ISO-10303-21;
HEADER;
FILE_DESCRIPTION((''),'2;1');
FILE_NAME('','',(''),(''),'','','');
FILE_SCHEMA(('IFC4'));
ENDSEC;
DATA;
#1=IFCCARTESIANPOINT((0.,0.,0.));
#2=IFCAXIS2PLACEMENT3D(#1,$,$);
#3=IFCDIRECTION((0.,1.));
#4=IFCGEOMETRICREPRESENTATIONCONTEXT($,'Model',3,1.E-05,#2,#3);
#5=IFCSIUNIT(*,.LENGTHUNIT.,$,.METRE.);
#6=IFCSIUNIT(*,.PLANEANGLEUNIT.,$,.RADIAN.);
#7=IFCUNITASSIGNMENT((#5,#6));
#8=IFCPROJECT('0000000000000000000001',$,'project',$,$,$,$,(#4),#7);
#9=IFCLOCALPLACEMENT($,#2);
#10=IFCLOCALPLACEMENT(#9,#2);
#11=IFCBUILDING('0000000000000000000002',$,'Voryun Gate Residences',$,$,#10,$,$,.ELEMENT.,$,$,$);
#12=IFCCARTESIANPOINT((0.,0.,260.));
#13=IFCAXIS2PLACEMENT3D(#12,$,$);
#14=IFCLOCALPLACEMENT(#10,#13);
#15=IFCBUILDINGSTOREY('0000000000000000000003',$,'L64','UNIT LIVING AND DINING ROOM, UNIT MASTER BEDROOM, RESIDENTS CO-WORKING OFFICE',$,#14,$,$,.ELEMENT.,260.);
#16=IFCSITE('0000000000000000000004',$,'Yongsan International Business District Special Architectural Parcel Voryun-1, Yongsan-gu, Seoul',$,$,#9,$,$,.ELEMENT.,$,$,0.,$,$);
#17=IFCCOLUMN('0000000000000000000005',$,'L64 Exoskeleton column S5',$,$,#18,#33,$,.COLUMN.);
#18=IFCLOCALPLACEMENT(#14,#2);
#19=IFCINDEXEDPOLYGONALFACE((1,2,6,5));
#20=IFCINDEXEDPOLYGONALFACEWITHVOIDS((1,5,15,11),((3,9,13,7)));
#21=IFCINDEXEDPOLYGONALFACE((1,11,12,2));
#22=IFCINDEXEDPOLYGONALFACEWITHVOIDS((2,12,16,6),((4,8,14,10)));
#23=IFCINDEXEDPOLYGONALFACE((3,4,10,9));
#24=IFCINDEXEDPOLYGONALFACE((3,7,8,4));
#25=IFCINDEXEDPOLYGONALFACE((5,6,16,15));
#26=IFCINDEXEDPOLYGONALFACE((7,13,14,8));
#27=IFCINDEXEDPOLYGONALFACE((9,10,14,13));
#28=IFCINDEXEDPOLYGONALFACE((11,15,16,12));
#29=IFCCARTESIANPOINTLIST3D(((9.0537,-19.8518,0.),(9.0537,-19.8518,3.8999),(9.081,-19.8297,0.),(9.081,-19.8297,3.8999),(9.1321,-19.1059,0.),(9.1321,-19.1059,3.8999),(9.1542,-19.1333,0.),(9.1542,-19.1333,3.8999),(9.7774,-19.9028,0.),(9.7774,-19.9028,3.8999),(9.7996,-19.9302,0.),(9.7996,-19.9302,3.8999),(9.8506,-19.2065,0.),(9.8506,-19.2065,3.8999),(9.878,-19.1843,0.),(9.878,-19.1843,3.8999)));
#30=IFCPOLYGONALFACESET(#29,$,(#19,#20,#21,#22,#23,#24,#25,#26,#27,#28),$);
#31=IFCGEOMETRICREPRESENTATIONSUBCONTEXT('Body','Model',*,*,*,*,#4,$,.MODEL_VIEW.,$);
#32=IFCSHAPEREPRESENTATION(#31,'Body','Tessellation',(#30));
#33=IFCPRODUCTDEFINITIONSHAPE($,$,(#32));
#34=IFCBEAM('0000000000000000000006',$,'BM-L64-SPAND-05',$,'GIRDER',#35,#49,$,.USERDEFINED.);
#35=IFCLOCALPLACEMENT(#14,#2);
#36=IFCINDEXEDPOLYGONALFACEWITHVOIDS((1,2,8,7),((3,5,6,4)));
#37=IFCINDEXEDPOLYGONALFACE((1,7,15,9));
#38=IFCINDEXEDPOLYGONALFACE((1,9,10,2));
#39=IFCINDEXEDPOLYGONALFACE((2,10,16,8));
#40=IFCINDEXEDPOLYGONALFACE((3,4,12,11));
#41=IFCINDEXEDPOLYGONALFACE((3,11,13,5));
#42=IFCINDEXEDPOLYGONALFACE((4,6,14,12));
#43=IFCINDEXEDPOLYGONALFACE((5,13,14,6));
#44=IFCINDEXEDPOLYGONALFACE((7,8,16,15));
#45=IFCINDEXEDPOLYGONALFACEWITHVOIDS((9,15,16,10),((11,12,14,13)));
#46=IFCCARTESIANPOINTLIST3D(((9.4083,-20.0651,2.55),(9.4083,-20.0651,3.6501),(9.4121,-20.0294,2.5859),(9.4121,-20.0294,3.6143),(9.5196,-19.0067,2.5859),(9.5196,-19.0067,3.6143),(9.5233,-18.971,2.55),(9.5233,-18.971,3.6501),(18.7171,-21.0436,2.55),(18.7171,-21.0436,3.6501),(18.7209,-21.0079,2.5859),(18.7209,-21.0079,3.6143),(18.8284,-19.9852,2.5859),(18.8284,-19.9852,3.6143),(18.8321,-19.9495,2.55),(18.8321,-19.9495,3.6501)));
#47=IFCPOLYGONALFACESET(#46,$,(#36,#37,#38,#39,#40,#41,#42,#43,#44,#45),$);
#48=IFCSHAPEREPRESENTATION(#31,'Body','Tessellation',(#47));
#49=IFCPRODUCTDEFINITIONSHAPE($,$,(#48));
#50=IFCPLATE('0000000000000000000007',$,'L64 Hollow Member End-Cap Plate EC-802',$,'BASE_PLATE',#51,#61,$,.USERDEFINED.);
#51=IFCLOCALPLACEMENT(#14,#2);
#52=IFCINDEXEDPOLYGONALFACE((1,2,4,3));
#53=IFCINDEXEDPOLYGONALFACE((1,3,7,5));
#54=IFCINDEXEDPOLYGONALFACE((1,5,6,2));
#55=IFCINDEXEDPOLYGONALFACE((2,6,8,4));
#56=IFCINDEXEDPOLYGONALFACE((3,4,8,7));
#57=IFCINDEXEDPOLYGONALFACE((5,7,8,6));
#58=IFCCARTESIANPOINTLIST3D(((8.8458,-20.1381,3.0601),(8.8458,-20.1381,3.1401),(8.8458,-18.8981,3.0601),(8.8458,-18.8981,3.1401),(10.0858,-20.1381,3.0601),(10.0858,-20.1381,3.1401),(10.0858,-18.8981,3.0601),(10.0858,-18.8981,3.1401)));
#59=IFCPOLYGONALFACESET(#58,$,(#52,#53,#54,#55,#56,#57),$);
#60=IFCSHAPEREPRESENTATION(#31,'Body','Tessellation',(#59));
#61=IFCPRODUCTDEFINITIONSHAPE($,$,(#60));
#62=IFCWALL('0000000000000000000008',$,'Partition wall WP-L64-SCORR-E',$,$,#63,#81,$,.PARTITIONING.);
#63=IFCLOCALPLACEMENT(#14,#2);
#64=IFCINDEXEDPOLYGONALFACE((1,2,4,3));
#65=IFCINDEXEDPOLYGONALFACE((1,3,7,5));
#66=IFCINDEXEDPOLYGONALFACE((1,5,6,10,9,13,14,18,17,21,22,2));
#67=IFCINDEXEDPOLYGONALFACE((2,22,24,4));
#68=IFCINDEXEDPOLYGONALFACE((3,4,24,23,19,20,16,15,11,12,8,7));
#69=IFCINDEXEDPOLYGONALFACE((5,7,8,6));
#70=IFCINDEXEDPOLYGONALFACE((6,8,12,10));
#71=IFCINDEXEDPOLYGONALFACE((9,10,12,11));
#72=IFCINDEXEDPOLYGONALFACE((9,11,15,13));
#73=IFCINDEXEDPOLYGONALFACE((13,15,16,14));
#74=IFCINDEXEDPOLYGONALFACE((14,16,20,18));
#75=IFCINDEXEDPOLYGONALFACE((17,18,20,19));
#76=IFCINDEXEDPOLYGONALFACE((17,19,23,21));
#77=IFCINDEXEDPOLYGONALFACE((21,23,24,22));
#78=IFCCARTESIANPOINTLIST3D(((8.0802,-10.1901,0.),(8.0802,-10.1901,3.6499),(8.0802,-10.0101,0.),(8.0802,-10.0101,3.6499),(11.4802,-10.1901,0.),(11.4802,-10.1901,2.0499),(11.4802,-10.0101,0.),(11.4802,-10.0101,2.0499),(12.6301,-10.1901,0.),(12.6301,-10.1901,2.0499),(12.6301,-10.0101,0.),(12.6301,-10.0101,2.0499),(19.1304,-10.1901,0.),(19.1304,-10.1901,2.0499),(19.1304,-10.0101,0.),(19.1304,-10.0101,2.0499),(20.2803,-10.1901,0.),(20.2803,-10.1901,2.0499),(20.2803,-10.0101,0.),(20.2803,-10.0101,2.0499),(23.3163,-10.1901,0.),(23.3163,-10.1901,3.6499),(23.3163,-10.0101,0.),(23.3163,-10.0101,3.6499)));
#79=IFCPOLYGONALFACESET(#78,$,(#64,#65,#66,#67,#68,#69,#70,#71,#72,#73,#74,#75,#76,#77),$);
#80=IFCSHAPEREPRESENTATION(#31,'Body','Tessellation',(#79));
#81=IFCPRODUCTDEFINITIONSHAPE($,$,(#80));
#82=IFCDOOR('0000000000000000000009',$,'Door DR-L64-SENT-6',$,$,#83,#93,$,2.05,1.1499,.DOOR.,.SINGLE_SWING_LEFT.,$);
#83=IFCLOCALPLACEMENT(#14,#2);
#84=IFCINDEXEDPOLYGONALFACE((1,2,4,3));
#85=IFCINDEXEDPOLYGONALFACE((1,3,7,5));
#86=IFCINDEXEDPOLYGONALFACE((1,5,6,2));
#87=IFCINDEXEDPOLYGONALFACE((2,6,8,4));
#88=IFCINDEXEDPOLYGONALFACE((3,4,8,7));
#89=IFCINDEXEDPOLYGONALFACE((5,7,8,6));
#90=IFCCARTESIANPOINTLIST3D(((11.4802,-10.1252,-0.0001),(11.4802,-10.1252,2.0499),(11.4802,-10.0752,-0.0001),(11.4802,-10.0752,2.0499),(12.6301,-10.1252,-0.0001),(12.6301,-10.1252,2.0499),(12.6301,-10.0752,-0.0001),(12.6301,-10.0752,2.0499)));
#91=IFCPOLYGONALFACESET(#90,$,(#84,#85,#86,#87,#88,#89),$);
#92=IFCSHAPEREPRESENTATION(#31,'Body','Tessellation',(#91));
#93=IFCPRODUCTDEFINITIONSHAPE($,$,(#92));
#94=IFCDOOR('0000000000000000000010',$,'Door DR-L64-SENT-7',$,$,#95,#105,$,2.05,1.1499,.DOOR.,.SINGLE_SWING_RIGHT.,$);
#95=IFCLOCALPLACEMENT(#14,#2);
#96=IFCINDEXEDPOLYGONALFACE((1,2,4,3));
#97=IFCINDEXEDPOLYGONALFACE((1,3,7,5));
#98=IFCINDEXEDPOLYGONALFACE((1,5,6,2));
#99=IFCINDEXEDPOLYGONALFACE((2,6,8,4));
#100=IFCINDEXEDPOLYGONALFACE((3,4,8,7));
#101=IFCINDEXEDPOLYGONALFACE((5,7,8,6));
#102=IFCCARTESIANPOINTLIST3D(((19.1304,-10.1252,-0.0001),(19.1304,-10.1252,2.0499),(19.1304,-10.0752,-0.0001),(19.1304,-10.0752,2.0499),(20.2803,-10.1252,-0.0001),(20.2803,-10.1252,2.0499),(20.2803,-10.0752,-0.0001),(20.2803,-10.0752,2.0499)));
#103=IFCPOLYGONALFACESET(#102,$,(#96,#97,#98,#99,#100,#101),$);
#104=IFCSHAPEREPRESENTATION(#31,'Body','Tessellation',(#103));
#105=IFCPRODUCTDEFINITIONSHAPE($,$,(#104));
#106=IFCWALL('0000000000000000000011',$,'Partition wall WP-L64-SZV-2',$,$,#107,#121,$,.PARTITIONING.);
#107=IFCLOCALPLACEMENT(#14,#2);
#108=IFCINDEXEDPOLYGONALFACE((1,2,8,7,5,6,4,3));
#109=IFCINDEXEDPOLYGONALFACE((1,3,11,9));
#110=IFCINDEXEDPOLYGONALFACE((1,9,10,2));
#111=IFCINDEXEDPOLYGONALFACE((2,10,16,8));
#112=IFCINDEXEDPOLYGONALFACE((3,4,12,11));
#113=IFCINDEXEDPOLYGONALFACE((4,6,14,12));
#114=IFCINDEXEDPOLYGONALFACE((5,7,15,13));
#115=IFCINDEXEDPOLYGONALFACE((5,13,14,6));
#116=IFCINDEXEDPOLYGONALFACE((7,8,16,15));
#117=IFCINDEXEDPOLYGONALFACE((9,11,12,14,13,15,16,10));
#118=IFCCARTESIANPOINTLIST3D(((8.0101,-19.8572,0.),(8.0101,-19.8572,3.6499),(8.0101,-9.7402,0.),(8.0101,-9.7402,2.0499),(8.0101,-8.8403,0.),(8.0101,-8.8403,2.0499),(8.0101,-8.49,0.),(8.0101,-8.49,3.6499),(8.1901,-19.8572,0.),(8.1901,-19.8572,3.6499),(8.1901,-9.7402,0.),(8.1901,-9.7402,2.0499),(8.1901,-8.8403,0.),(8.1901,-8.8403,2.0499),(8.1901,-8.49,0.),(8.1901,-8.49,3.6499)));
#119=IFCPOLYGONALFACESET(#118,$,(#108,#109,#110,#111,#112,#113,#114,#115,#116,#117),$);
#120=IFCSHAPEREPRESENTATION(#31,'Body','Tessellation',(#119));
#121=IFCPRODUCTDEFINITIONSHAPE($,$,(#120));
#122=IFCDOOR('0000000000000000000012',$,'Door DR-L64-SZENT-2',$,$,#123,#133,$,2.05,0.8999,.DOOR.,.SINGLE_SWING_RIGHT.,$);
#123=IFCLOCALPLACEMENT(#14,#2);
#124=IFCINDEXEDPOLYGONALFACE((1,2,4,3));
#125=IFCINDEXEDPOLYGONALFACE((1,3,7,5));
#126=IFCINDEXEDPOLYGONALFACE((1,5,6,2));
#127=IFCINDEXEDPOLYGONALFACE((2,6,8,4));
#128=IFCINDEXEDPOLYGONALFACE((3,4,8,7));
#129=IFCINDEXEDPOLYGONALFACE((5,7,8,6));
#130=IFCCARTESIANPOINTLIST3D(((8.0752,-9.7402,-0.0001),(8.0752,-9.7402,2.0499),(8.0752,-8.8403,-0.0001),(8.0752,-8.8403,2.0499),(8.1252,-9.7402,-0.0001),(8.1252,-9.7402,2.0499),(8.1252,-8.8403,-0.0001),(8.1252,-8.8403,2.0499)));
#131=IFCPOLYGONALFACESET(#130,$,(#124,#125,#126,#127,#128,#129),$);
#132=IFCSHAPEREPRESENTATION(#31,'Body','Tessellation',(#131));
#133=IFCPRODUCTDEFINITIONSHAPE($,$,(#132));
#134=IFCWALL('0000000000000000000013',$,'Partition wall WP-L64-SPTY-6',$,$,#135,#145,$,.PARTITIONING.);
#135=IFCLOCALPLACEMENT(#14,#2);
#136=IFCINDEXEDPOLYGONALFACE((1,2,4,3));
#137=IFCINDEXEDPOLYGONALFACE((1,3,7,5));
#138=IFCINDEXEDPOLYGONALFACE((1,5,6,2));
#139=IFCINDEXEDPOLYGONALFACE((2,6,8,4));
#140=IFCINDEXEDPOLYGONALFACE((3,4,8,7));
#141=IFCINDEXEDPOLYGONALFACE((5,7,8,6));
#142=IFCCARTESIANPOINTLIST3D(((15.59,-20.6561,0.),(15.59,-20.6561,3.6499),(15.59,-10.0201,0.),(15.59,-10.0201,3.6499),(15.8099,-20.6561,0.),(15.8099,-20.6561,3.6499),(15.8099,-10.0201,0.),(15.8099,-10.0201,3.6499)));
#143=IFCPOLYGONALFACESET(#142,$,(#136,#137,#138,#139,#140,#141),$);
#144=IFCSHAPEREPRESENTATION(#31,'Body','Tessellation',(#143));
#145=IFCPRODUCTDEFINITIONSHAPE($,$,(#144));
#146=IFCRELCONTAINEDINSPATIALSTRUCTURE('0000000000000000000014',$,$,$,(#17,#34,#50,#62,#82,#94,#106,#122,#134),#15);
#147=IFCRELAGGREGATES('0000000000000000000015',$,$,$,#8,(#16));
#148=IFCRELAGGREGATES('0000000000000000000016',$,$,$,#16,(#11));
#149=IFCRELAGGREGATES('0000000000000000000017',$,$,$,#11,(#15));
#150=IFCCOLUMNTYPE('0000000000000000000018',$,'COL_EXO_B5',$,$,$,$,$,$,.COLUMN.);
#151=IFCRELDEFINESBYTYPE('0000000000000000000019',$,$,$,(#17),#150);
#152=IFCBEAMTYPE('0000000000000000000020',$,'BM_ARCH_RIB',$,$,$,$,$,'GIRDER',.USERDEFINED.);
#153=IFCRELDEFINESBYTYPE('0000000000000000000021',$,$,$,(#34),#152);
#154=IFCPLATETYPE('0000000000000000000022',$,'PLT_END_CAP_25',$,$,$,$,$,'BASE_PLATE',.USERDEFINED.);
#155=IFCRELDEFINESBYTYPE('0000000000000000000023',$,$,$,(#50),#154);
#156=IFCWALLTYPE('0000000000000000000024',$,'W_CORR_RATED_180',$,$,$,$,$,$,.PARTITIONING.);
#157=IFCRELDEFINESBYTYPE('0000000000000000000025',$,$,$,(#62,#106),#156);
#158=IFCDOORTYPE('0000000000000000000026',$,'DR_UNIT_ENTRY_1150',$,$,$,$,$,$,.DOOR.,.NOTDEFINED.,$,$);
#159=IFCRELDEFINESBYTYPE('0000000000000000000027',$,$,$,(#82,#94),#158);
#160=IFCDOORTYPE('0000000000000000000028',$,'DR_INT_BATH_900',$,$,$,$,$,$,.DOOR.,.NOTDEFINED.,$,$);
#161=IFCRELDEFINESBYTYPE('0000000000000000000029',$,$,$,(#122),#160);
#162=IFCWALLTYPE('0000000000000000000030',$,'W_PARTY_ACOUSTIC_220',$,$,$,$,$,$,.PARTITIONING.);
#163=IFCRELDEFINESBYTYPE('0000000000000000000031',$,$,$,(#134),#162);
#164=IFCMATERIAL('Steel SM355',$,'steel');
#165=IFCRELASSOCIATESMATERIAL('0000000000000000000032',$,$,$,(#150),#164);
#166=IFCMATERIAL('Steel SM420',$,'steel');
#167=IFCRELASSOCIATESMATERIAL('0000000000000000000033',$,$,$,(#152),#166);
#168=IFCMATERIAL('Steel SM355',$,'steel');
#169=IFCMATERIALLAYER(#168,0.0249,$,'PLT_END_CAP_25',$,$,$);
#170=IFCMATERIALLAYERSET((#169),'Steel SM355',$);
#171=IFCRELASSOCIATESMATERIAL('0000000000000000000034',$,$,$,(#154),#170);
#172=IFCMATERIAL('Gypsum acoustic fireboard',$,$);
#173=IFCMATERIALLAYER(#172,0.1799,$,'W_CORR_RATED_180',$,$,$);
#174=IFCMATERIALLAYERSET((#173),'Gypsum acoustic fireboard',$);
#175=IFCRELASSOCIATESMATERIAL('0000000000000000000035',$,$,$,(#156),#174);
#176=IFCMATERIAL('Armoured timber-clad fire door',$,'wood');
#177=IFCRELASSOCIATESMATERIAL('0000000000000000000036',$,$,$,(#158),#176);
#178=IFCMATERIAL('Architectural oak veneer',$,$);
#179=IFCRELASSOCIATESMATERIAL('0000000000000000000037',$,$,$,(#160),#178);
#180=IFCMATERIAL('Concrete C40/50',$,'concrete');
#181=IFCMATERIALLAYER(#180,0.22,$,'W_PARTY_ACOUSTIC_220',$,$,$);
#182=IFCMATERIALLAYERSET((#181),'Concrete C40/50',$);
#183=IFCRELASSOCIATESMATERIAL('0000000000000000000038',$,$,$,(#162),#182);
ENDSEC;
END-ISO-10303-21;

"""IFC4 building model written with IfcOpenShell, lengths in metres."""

from ifc_helpers import new_model, si_unit, direction, frame, frame_2d, origin, origin_2d, place, context, subcontext, project, spatial, rectangle, hollow_rectangle, extrude, material, layer, layer_set, material_profile, profile_set, type_object, element, fill, save


model = new_model("IFC4")

# Units and contexts
model_context = context("Model", 3, precision=1e-05, world=origin(), true_north=direction((0.0, 1.0)))
body_context = subcontext(model_context, "Body", "Model", "MODEL_VIEW")
ifc_project = project(units=[si_unit("LENGTHUNIT", "METRE"), si_unit("PLANEANGLEUNIT", "RADIAN")], contexts=[model_context])

# Site, building, storey
site_placement = place(None, origin())
site = spatial("IfcSite", under=ifc_project, at=site_placement, Name="Yongsan International Business District Special Architectural Parcel Voryun-1, Yongsan-gu, Seoul", CompositionType="ELEMENT", RefElevation=0.0)
building_placement = place(site_placement, origin())
building = spatial("IfcBuilding", under=site, at=building_placement, Name="Voryun Gate Residences", CompositionType="ELEMENT")
storey_placement = place(building_placement, frame((0.0, 0.0, 260.0)))
storey = spatial("IfcBuildingStorey", under=building, at=storey_placement, Name="L64", Description="UNIT LIVING AND DINING ROOM, UNIT MASTER BEDROOM, RESIDENTS CO-WORKING OFFICE", CompositionType="ELEMENT", Elevation=260.0)

# Column
ifc_material_1 = material(Name="Steel SM355", Category="steel")
ifc_material_profile_1 = material_profile(ifc_material_1, hollow_rectangle(XDim=0.75, YDim=0.75, WallThickness=0.0249, at=origin_2d()), Name="BOX-750x750x25")
ifc_profile_set_1 = profile_set([ifc_material_profile_1], Name="Steel SM355")
column_type = type_object("IfcColumnType", Name="COL_EXO_B5", PredefinedType="COLUMN", material=ifc_profile_set_1)
column_placement = place(storey_placement, frame((9.4658, -19.5181, 0.0), z_axis=(0.0, 0.0, 1.0), x_axis=(0.994522, -0.104528, 0.0)))
element("IfcColumn", 1, at=column_placement, inside=storey, type_object=column_type, Name="L64 Exoskeleton column S5", PredefinedType="COLUMN", context=body_context, shape_type="SweptSolid", body=[
    extrude(hollow_rectangle(XDim=0.75, YDim=0.75, WallThickness=0.0249, at=origin_2d()), origin(), (0.0, 0.0, 1.0), 3.8999),
])

# Beam
ifc_material_2 = material(Name="Steel SM420", Category="steel")
ifc_material_profile_2 = material_profile(ifc_material_2, hollow_rectangle(XDim=1.1001, YDim=1.1001, WallThickness=0.0359, at=origin_2d()), Name="BOX-1100x1100x36")
ifc_profile_set_2 = profile_set([ifc_material_profile_2], Name="Steel SM420")
beam_type = type_object("IfcBeamType", Name="BM_ARCH_RIB", ElementType="GIRDER", PredefinedType="USERDEFINED", material=ifc_profile_set_2)
beam_placement = place(storey_placement, frame((9.4658, -19.5181, 3.1001), z_axis=(0.994521, -0.104541, 0.0), x_axis=(0.104541, 0.994521, 0.0)))
element("IfcBeam", 2, at=beam_placement, inside=storey, type_object=beam_type, Name="BM-L64-SPAND-05", ObjectType="GIRDER", PredefinedType="USERDEFINED", context=body_context, shape_type="SweptSolid", body=[
    extrude(hollow_rectangle(XDim=1.1001, YDim=1.1001, WallThickness=0.0359, at=origin_2d()), origin(), (0.0, 0.0, 1.0), 9.3601),
])

# Plate
ifc_material_3 = material(Name="Steel SM355", Category="steel")
ifc_layer_1 = layer(ifc_material_3, 0.0249, Name="PLT_END_CAP_25")
ifc_layer_set_1 = layer_set([ifc_layer_1], Name="Steel SM355")
plate_type = type_object("IfcPlateType", Name="PLT_END_CAP_25", ElementType="BASE_PLATE", PredefinedType="USERDEFINED", material=ifc_layer_set_1)
plate_placement = place(storey_placement, frame((9.4658, -19.5181, 3.0601), z_axis=(0.0, 0.0, 1.0), x_axis=(1.0, 0.0, 0.0)))
element("IfcPlate", 3, at=plate_placement, inside=storey, type_object=plate_type, Name="L64 Hollow Member End-Cap Plate EC-802", ObjectType="BASE_PLATE", PredefinedType="USERDEFINED", context=body_context, shape_type="SweptSolid", body=[
    extrude(rectangle(XDim=1.24, YDim=1.24, at=origin_2d()), origin(), (0.0, 0.0, 1.0), 0.0801),
])

# Wall, openings, doors
ifc_material_4 = material(Name="Gypsum acoustic fireboard")
ifc_layer_2 = layer(ifc_material_4, 0.1799, Name="W_CORR_RATED_180")
ifc_layer_set_2 = layer_set([ifc_layer_2], Name="Gypsum acoustic fireboard")
wall_type_1 = type_object("IfcWallType", Name="W_CORR_RATED_180", PredefinedType="PARTITIONING", material=ifc_layer_set_2)
wall_1_placement = place(storey_placement, frame((8.0801, -10.1001, 0.0), z_axis=(0.0, 0.0, 1.0), x_axis=(1.0, 0.0, 0.0)))
wall_1 = element("IfcWall", 4, at=wall_1_placement, inside=storey, type_object=wall_type_1, Name="Partition wall WP-L64-SCORR-E", PredefinedType="PARTITIONING", context=body_context, shape_type="SweptSolid", body=[
    extrude(rectangle(XDim=15.2361, YDim=0.1799, at=frame_2d((7.6182, 0.0))), origin(), (0.0, 0.0, 1.0), 3.6499),
])
opening_1_placement = place(wall_1_placement, frame((3.4001, 0.0, 0.0)))
opening_1 = element("IfcOpeningElement", 5, at=opening_1_placement, cuts=wall_1, PredefinedType="OPENING", context=body_context, shape_type="SweptSolid", body=[
    extrude(rectangle(XDim=1.1499, YDim=2.05, at=frame_2d((0.575, 1.0249))), frame((0.0, 0.0999, 0.0), z_axis=(0.0, -1.0, 0.0), x_axis=(1.0, 0.0, 0.0)), (0.0, 0.0, 1.0), 0.2),
])
opening_2_placement = place(wall_1_placement, frame((11.0503, 0.0, 0.0)))
opening_2 = element("IfcOpeningElement", 6, at=opening_2_placement, cuts=wall_1, PredefinedType="OPENING", context=body_context, shape_type="SweptSolid", body=[
    extrude(rectangle(XDim=1.1499, YDim=2.05, at=frame_2d((0.575, 1.0249))), frame((0.0, 0.0999, 0.0), z_axis=(0.0, -1.0, 0.0), x_axis=(1.0, 0.0, 0.0)), (0.0, 0.0, 1.0), 0.2),
])
ifc_material_5 = material(Name="Armoured timber-clad fire door", Category="wood")
door_type_1 = type_object("IfcDoorType", Name="DR_UNIT_ENTRY_1150", OperationType="NOTDEFINED", PredefinedType="DOOR", material=ifc_material_5)
door_1_placement = place(opening_1_placement, origin())
door_1 = element("IfcDoor", 7, at=door_1_placement, inside=storey, type_object=door_type_1, Name="Door DR-L64-SENT-6", OperationType="SINGLE_SWING_LEFT", OverallHeight=2.05, OverallWidth=1.1499, PredefinedType="DOOR", context=body_context, shape_type="SweptSolid", body=[
    extrude(rectangle(XDim=1.1499, YDim=2.05, at=frame_2d((0.575, 1.0249))), frame((0.0, 0.0249, 0.0), z_axis=(0.0, -1.0, 0.0), x_axis=(1.0, 0.0, 0.0)), (0.0, 0.0, 1.0), 0.05),
])
fill(opening_1, door_1)
door_2_placement = place(opening_2_placement, origin())
door_2 = element("IfcDoor", 8, at=door_2_placement, inside=storey, type_object=door_type_1, Name="Door DR-L64-SENT-7", OperationType="SINGLE_SWING_RIGHT", OverallHeight=2.05, OverallWidth=1.1499, PredefinedType="DOOR", context=body_context, shape_type="SweptSolid", body=[
    extrude(rectangle(XDim=1.1499, YDim=2.05, at=frame_2d((0.575, 1.0249))), frame((0.0, 0.0249, 0.0), z_axis=(0.0, -1.0, 0.0), x_axis=(1.0, 0.0, 0.0)), (0.0, 0.0, 1.0), 0.05),
])
fill(opening_2, door_2)

# Wall, opening, door
wall_2_placement = place(storey_placement, frame((8.1001, -19.8572, 0.0), z_axis=(0.0, 0.0, 1.0), x_axis=(0.0, 1.0, 0.0)))
wall_2 = element("IfcWall", 9, at=wall_2_placement, inside=storey, type_object=wall_type_1, Name="Partition wall WP-L64-SZV-2", PredefinedType="PARTITIONING", context=body_context, shape_type="SweptSolid", body=[
    extrude(rectangle(XDim=11.3672, YDim=0.1799, at=frame_2d((5.6836, 0.0))), origin(), (0.0, 0.0, 1.0), 3.6499),
])
opening_3_placement = place(wall_2_placement, frame((10.1169, 0.0, 0.0)))
opening_3 = element("IfcOpeningElement", 10, at=opening_3_placement, cuts=wall_2, PredefinedType="OPENING", context=body_context, shape_type="SweptSolid", body=[
    extrude(rectangle(XDim=0.8999, YDim=2.05, at=frame_2d((0.45, 1.0249))), frame((0.0, 0.0999, 0.0), z_axis=(0.0, -1.0, 0.0), x_axis=(1.0, 0.0, 0.0)), (0.0, 0.0, 1.0), 0.2),
])
ifc_material_6 = material(Name="Architectural oak veneer")
door_type_2 = type_object("IfcDoorType", Name="DR_INT_BATH_900", OperationType="NOTDEFINED", PredefinedType="DOOR", material=ifc_material_6)
door_3_placement = place(opening_3_placement, origin())
door_3 = element("IfcDoor", 11, at=door_3_placement, inside=storey, type_object=door_type_2, Name="Door DR-L64-SZENT-2", OperationType="SINGLE_SWING_RIGHT", OverallHeight=2.05, OverallWidth=0.8999, PredefinedType="DOOR", context=body_context, shape_type="SweptSolid", body=[
    extrude(rectangle(XDim=0.8999, YDim=2.05, at=frame_2d((0.45, 1.0249))), frame((0.0, 0.0249, 0.0), z_axis=(0.0, -1.0, 0.0), x_axis=(1.0, 0.0, 0.0)), (0.0, 0.0, 1.0), 0.05),
])
fill(opening_3, door_3)

# Wall
ifc_material_7 = material(Name="Concrete C40/50", Category="concrete")
ifc_layer_3 = layer(ifc_material_7, 0.22, Name="W_PARTY_ACOUSTIC_220")
ifc_layer_set_3 = layer_set([ifc_layer_3], Name="Concrete C40/50")
wall_type_2 = type_object("IfcWallType", Name="W_PARTY_ACOUSTIC_220", PredefinedType="PARTITIONING", material=ifc_layer_set_3)
wall_3_placement = place(storey_placement, frame((15.7, -20.656, 0.0), z_axis=(0.0, 0.0, 1.0), x_axis=(0.0, 1.0, 0.0)))
element("IfcWall", 12, at=wall_3_placement, inside=storey, type_object=wall_type_2, Name="Partition wall WP-L64-SPTY-6", PredefinedType="PARTITIONING", context=body_context, shape_type="SweptSolid", body=[
    extrude(rectangle(XDim=10.636, YDim=0.22, at=frame_2d((5.3179, 0.0))), origin(), (0.0, 0.0, 1.0), 3.6499),
])

save(model, "model.ifc")
